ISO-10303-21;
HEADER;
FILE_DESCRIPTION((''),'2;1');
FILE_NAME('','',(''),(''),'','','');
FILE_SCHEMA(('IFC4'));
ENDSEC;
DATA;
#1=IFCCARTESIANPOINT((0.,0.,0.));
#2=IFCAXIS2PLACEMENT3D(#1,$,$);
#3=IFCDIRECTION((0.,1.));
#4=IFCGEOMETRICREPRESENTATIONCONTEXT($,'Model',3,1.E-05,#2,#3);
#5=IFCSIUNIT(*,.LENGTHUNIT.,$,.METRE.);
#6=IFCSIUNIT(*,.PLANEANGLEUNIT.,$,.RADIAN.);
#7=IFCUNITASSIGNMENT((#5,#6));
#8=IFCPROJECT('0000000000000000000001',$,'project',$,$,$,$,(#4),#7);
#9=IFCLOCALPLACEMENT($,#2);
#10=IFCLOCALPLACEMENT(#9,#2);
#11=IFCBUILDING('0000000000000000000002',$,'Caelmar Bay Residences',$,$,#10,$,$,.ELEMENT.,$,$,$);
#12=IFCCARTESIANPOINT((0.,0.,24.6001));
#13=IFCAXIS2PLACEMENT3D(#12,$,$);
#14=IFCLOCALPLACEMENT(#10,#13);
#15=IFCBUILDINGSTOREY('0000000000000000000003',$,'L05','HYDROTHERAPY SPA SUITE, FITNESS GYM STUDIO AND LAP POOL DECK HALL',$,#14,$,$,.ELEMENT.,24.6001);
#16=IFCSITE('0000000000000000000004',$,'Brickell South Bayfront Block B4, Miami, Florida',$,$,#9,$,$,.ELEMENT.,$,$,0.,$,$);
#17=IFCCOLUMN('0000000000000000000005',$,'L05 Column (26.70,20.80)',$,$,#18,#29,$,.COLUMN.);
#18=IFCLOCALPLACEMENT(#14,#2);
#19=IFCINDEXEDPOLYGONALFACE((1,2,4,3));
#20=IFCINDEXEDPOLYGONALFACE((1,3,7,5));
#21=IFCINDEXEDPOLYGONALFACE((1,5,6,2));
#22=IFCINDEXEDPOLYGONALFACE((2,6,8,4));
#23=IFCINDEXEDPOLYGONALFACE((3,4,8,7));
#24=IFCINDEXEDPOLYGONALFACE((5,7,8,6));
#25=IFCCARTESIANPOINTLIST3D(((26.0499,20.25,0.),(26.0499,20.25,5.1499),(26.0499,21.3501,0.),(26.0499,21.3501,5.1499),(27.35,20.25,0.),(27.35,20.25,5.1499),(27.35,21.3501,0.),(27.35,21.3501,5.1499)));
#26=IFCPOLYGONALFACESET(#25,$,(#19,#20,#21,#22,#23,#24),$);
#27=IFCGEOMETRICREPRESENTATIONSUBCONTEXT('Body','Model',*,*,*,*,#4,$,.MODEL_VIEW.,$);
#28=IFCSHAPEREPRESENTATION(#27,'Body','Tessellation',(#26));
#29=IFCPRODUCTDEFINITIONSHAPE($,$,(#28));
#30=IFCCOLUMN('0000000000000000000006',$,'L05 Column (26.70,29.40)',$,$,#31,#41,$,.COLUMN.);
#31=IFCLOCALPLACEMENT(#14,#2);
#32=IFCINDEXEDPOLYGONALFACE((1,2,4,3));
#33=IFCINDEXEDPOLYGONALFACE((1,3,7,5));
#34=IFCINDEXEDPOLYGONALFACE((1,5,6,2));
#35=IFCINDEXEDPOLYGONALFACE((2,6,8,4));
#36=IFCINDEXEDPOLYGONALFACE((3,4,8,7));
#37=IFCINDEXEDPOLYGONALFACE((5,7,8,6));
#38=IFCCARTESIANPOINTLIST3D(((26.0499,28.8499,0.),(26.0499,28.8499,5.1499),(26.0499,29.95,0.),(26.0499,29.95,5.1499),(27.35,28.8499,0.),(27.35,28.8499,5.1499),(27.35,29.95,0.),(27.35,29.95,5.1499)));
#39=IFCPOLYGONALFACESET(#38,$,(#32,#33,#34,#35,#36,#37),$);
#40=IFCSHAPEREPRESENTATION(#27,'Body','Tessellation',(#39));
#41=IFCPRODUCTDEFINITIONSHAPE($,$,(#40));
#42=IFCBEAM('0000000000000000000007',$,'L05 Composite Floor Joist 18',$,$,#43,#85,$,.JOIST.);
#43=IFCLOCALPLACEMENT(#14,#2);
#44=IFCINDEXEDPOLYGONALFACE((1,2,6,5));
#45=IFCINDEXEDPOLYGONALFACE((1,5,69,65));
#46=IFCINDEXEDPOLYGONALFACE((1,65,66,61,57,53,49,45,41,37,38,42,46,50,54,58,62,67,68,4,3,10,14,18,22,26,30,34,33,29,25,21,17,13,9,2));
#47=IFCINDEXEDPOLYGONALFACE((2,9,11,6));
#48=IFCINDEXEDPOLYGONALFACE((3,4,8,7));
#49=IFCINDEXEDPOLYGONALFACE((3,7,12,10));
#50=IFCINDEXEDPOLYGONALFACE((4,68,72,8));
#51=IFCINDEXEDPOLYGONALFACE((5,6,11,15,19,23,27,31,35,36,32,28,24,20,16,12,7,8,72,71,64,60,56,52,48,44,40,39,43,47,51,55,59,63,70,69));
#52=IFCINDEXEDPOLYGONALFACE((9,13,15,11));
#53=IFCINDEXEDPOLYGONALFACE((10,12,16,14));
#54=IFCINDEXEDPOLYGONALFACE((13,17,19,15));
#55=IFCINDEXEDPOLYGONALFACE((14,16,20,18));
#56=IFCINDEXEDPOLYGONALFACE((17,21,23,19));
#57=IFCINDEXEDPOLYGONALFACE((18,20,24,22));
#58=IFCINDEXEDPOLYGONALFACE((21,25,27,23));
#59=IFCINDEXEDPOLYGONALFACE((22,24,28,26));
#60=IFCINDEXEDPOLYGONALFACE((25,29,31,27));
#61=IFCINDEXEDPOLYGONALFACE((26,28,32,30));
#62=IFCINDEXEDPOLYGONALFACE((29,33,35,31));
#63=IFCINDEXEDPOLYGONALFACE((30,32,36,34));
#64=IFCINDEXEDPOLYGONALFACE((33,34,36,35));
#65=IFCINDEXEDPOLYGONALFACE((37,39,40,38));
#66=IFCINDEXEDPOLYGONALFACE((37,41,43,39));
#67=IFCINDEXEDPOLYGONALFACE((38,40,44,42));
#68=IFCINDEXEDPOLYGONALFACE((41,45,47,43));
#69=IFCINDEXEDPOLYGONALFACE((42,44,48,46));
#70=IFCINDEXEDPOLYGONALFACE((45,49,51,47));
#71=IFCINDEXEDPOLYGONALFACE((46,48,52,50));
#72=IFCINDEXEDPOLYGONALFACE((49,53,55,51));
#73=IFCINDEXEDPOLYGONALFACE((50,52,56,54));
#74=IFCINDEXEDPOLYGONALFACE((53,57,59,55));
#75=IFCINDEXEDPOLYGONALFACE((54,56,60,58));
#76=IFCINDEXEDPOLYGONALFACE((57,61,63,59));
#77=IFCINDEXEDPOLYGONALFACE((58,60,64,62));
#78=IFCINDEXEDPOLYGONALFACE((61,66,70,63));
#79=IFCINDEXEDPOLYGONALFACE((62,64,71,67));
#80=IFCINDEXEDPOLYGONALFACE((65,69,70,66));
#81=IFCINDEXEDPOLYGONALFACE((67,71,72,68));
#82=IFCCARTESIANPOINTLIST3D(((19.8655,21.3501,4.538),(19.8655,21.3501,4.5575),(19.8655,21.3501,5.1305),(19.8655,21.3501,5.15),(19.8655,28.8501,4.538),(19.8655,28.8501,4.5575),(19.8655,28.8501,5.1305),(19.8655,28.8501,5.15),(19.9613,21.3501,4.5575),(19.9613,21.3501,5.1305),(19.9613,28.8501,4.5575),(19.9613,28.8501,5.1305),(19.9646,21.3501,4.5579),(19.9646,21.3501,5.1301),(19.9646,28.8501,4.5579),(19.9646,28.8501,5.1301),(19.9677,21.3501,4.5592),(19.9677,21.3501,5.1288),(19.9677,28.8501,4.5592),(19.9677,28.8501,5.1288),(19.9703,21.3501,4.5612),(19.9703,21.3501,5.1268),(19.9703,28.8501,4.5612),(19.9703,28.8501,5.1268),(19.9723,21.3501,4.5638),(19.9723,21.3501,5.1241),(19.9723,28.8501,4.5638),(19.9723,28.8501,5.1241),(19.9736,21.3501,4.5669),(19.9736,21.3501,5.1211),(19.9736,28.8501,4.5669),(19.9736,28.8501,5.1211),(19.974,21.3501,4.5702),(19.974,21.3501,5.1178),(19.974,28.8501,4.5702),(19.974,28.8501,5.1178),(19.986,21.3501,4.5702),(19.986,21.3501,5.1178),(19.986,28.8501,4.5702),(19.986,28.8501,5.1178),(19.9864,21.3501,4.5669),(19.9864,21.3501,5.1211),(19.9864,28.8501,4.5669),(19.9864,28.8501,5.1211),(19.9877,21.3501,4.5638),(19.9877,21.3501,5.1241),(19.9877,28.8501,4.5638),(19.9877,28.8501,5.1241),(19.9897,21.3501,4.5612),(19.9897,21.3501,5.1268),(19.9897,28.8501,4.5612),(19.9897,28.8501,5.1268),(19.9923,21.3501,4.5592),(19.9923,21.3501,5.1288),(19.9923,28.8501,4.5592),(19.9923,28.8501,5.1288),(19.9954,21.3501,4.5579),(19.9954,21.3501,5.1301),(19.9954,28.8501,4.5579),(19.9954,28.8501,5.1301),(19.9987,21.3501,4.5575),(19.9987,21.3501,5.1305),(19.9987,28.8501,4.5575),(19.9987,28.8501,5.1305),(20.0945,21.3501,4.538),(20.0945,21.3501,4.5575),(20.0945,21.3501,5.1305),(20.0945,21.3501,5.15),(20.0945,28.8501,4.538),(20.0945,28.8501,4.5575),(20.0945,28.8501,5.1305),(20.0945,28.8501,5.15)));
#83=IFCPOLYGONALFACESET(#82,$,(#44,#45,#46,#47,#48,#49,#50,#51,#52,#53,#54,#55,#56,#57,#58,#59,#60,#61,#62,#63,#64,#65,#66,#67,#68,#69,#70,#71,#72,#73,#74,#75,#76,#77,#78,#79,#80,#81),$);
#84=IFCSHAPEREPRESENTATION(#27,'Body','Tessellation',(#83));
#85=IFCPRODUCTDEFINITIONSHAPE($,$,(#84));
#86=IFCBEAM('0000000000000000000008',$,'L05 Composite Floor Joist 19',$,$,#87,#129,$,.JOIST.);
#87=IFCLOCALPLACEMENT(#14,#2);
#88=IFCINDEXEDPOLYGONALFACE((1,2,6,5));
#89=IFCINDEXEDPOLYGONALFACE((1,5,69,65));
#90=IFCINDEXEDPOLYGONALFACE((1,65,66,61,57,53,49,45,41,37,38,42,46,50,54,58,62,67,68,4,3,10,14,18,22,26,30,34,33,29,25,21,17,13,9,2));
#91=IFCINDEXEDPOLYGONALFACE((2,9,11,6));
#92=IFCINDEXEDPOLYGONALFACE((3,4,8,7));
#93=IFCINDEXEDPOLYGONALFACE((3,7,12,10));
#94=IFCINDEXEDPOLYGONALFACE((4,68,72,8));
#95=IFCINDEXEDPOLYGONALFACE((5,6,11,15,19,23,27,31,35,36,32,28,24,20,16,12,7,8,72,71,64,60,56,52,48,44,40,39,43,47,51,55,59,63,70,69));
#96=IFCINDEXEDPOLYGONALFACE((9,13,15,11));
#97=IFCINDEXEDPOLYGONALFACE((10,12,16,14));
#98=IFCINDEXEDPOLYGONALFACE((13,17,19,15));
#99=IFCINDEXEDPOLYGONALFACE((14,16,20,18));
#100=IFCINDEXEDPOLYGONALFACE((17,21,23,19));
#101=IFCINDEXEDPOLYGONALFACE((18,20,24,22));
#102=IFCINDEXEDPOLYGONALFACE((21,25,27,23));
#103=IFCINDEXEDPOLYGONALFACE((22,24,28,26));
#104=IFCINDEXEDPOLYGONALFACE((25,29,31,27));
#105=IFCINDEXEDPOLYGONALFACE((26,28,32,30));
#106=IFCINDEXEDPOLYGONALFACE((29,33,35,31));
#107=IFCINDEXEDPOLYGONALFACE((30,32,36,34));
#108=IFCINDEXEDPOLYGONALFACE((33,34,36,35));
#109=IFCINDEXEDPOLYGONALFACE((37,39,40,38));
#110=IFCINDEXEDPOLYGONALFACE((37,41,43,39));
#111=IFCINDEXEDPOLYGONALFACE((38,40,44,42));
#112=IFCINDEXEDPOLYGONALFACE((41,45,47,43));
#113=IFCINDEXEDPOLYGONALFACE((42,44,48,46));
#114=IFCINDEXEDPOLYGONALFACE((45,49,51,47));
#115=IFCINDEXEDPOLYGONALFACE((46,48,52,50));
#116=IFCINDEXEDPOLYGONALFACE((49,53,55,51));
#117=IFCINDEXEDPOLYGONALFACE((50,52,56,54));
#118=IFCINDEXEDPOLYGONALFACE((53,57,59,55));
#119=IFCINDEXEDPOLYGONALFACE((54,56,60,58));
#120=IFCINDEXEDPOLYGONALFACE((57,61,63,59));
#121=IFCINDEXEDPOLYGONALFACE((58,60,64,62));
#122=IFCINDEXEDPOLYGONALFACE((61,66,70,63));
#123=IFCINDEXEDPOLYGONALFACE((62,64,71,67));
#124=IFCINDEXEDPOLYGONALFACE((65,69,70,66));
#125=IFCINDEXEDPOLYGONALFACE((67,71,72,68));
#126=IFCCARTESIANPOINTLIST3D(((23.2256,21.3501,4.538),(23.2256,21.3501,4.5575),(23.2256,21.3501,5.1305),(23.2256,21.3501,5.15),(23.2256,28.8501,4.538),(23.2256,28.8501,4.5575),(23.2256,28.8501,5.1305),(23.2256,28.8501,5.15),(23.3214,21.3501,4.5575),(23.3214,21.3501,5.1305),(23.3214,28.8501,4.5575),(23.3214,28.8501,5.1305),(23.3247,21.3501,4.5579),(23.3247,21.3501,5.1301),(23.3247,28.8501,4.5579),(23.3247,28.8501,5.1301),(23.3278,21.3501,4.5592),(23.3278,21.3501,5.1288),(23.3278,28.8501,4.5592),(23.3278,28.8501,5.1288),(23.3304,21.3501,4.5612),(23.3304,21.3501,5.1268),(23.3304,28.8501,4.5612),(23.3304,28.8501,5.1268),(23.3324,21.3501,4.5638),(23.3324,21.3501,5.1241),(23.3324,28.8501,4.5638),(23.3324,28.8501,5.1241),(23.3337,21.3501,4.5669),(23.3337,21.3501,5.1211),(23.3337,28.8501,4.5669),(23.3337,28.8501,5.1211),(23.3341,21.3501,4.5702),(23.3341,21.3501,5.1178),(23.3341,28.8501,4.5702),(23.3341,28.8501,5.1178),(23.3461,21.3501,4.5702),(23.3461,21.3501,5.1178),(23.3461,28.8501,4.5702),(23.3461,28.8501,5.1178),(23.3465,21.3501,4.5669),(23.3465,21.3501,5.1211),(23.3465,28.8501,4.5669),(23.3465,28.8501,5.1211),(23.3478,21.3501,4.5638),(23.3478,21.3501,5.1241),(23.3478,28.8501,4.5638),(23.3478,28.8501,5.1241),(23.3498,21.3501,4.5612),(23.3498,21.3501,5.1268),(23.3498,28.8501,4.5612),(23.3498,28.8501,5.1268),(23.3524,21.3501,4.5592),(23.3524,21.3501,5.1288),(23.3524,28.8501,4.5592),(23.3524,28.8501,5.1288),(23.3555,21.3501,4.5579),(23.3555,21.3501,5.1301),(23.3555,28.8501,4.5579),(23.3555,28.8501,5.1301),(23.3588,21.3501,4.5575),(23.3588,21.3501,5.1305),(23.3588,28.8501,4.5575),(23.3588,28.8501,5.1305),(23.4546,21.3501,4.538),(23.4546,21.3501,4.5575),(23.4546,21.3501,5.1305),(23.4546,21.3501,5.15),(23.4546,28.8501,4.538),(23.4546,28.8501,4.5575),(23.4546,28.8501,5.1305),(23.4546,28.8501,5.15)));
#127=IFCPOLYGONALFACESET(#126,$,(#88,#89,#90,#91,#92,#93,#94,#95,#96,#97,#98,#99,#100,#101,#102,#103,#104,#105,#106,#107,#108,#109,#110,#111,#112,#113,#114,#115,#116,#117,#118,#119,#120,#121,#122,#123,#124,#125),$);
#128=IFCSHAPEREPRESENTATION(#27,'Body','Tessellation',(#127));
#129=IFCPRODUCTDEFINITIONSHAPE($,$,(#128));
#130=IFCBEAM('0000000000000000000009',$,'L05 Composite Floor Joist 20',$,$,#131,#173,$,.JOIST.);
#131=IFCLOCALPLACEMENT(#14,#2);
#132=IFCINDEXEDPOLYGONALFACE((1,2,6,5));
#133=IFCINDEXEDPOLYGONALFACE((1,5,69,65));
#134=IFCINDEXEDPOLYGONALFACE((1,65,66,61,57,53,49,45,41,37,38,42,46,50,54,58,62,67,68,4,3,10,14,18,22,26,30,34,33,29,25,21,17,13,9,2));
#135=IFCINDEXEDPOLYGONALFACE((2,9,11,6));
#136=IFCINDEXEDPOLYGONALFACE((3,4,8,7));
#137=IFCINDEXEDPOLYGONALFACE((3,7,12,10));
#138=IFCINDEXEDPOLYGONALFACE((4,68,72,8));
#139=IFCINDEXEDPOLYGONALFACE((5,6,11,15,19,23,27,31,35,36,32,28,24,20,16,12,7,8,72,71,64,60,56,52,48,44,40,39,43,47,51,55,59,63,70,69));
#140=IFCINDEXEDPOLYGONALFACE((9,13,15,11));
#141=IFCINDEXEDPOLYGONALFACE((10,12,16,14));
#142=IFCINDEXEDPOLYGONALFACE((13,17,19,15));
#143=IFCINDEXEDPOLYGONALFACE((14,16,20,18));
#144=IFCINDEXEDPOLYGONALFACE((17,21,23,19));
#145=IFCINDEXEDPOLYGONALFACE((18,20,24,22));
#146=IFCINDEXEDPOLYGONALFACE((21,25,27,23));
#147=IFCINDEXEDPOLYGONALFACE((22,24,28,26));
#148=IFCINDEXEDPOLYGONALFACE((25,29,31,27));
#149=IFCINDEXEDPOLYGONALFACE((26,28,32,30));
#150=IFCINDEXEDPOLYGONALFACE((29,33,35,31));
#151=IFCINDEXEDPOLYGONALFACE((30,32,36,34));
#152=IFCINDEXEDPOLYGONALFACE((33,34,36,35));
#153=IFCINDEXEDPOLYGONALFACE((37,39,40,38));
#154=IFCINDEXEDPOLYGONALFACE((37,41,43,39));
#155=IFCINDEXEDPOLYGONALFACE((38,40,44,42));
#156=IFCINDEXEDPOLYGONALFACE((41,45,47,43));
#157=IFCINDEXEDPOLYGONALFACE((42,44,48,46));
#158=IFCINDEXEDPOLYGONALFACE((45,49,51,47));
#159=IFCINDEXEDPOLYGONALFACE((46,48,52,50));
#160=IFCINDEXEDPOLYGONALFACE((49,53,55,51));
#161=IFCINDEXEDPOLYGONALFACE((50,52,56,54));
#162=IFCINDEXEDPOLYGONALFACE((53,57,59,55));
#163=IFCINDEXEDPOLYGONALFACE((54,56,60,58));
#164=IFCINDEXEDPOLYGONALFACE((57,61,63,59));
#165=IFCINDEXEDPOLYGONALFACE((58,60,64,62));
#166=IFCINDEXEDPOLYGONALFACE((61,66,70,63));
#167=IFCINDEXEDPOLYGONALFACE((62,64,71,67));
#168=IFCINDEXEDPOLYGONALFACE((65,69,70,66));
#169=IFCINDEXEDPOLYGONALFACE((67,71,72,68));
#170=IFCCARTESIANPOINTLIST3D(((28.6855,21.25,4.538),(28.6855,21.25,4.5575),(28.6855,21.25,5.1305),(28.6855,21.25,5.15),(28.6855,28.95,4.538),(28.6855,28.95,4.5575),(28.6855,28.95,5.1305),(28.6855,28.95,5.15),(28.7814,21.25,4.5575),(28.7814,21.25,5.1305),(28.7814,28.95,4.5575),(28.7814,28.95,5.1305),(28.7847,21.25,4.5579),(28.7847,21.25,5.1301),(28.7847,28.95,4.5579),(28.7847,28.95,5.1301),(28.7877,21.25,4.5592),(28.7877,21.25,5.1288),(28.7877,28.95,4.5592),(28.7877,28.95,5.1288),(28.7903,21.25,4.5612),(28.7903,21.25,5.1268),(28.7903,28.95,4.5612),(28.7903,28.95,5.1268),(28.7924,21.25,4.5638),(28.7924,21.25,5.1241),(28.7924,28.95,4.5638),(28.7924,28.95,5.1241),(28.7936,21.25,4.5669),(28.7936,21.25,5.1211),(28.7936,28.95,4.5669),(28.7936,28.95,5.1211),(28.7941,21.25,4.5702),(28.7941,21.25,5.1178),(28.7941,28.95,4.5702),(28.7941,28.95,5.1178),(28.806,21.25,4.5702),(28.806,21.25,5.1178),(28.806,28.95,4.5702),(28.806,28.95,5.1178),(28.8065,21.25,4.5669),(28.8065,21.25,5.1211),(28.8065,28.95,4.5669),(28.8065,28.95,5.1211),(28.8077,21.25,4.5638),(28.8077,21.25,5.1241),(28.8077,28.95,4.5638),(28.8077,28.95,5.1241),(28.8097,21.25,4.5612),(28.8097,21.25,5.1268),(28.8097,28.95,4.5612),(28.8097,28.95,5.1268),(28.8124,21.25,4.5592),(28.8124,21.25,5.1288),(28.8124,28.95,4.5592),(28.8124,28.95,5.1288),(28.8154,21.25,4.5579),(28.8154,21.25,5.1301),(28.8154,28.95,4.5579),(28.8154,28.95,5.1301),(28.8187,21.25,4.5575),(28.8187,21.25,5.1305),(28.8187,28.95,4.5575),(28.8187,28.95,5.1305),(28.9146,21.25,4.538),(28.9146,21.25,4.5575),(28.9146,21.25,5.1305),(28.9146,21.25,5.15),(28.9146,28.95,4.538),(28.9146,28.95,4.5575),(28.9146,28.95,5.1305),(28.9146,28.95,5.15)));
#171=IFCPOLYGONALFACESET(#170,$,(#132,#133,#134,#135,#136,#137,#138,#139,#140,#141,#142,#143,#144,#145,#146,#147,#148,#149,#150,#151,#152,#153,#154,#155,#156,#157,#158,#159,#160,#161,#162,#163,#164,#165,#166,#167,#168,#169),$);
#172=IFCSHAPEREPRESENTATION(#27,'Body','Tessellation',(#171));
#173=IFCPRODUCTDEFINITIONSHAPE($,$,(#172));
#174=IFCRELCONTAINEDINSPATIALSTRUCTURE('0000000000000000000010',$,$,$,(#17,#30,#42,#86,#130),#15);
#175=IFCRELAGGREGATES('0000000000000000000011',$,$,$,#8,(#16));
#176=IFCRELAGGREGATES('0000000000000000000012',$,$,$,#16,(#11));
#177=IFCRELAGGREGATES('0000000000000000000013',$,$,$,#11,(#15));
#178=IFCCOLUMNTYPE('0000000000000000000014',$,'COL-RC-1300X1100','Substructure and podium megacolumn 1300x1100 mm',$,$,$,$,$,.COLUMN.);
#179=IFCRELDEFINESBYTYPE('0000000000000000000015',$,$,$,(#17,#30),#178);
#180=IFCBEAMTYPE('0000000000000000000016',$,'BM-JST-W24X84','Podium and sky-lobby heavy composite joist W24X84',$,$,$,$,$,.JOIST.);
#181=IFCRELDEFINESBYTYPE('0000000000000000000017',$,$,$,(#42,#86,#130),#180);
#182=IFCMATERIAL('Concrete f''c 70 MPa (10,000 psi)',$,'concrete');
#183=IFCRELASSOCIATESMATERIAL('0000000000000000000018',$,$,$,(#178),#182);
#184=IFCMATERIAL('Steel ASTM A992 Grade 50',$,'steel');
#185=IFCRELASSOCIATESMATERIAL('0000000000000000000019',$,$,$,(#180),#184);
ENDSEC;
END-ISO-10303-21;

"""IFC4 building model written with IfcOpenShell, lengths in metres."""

from ifc_helpers import new_model, si_unit, direction, frame, origin, origin_2d, place, context, subcontext, project, spatial, rectangle, i_section, extrude, material, material_profile, profile_set, type_object, element, save


model = new_model("IFC4")

# Units and contexts
model_context = context("Model", 3, precision=1e-05, world=origin(), true_north=direction((0.0, 1.0)))
body_context = subcontext(model_context, "Body", "Model", "MODEL_VIEW")
ifc_project = project(units=[si_unit("LENGTHUNIT", "METRE"), si_unit("PLANEANGLEUNIT", "RADIAN")], contexts=[model_context])

# Site, building, storey
site_placement = place(None, origin())
site = spatial("IfcSite", under=ifc_project, at=site_placement, Name="Brickell South Bayfront Block B4, Miami, Florida", CompositionType="ELEMENT", RefElevation=0.0)
building_placement = place(site_placement, origin())
building = spatial("IfcBuilding", under=site, at=building_placement, Name="Caelmar Bay Residences", CompositionType="ELEMENT")
storey_placement = place(building_placement, frame((0.0, 0.0, 24.6001)))
storey = spatial("IfcBuildingStorey", under=building, at=storey_placement, Name="L05", Description="HYDROTHERAPY SPA SUITE, FITNESS GYM STUDIO AND LAP POOL DECK HALL", CompositionType="ELEMENT", Elevation=24.6001)

# Columns
ifc_material_1 = material(Name="Concrete f'c 70 MPa (10,000 psi)", Category="concrete")
ifc_material_profile_1 = material_profile(ifc_material_1, rectangle(XDim=1.3, YDim=1.1001, at=origin_2d()), Name="RC-COL-1300X1100")
ifc_profile_set_1 = profile_set([ifc_material_profile_1], Name="Concrete f'c 70 MPa (10,000 psi)")
column_type = type_object("IfcColumnType", Name="COL-RC-1300X1100", Description="Substructure and podium megacolumn 1300x1100 mm", PredefinedType="COLUMN", material=ifc_profile_set_1)
for number, where, z_axis, x_axis, name in (
    (1, (26.7, 20.8, 0.0), (0.0, 0.0, 1.0), (1.0, 0.0, 0.0), "L05 Column (26.70,20.80)"),
    (2, (26.7, 29.3999, 0.0), (0.0, 0.0, 1.0), (1.0, 0.0, 0.0), "L05 Column (26.70,29.40)"),
):
    element("IfcColumn", number, at=place(storey_placement, frame(where, z_axis=z_axis, x_axis=x_axis)), inside=storey, type_object=column_type, Name=name, PredefinedType="COLUMN", context=body_context, shape_type="SweptSolid", body=[
        extrude(rectangle(XDim=1.3, YDim=1.1001, at=origin_2d()), origin(), (0.0, 0.0, 1.0), 5.1499),
    ])

# Beams
ifc_material_2 = material(Name="Steel ASTM A992 Grade 50", Category="steel")
ifc_material_profile_2 = material_profile(ifc_material_2, i_section(OverallWidth=0.229, OverallDepth=0.6121, WebThickness=0.012, FlangeThickness=0.0195, FilletRadius=0.0127, at=origin_2d()), Name="W24X84")
ifc_profile_set_2 = profile_set([ifc_material_profile_2], Name="Steel ASTM A992 Grade 50")
beam_type_1 = type_object("IfcBeamType", Name="BM-JST-W24X84", Description="Podium and sky-lobby heavy composite joist W24X84", PredefinedType="JOIST", material=ifc_profile_set_2)
for number, where, z_axis, x_axis, name in (
    (3, (19.98, 21.3501, 4.844), (0.0, 1.0, 0.0), (-1.0, 0.0, 0.0), "L05 Composite Floor Joist 18"),
    (4, (23.3401, 21.3501, 4.844), (0.0, 1.0, 0.0), (-1.0, 0.0, 0.0), "L05 Composite Floor Joist 19"),
):
    element("IfcBeam", number, at=place(storey_placement, frame(where, z_axis=z_axis, x_axis=x_axis)), inside=storey, type_object=beam_type_1, Name=name, PredefinedType="JOIST", context=body_context, shape_type="SweptSolid", body=[
        extrude(i_section(OverallWidth=0.229, OverallDepth=0.6121, WebThickness=0.012, FlangeThickness=0.0195, FilletRadius=0.0127, at=origin_2d()), origin(), (0.0, 0.0, 1.0), 7.5),
    ])
for number, where, z_axis, x_axis, name in (
    (5, (28.8, 21.25, 4.844), (0.0, 1.0, 0.0), (-1.0, 0.0, 0.0), "L05 Composite Floor Joist 20"),
):
    element("IfcBeam", number, at=place(storey_placement, frame(where, z_axis=z_axis, x_axis=x_axis)), inside=storey, type_object=beam_type_1, Name=name, PredefinedType="JOIST", context=body_context, shape_type="SweptSolid", body=[
        extrude(i_section(OverallWidth=0.229, OverallDepth=0.6121, WebThickness=0.012, FlangeThickness=0.0195, FilletRadius=0.0127, at=origin_2d()), origin(), (0.0, 0.0, 1.0), 7.7),
    ])

save(model, "model.ifc")
